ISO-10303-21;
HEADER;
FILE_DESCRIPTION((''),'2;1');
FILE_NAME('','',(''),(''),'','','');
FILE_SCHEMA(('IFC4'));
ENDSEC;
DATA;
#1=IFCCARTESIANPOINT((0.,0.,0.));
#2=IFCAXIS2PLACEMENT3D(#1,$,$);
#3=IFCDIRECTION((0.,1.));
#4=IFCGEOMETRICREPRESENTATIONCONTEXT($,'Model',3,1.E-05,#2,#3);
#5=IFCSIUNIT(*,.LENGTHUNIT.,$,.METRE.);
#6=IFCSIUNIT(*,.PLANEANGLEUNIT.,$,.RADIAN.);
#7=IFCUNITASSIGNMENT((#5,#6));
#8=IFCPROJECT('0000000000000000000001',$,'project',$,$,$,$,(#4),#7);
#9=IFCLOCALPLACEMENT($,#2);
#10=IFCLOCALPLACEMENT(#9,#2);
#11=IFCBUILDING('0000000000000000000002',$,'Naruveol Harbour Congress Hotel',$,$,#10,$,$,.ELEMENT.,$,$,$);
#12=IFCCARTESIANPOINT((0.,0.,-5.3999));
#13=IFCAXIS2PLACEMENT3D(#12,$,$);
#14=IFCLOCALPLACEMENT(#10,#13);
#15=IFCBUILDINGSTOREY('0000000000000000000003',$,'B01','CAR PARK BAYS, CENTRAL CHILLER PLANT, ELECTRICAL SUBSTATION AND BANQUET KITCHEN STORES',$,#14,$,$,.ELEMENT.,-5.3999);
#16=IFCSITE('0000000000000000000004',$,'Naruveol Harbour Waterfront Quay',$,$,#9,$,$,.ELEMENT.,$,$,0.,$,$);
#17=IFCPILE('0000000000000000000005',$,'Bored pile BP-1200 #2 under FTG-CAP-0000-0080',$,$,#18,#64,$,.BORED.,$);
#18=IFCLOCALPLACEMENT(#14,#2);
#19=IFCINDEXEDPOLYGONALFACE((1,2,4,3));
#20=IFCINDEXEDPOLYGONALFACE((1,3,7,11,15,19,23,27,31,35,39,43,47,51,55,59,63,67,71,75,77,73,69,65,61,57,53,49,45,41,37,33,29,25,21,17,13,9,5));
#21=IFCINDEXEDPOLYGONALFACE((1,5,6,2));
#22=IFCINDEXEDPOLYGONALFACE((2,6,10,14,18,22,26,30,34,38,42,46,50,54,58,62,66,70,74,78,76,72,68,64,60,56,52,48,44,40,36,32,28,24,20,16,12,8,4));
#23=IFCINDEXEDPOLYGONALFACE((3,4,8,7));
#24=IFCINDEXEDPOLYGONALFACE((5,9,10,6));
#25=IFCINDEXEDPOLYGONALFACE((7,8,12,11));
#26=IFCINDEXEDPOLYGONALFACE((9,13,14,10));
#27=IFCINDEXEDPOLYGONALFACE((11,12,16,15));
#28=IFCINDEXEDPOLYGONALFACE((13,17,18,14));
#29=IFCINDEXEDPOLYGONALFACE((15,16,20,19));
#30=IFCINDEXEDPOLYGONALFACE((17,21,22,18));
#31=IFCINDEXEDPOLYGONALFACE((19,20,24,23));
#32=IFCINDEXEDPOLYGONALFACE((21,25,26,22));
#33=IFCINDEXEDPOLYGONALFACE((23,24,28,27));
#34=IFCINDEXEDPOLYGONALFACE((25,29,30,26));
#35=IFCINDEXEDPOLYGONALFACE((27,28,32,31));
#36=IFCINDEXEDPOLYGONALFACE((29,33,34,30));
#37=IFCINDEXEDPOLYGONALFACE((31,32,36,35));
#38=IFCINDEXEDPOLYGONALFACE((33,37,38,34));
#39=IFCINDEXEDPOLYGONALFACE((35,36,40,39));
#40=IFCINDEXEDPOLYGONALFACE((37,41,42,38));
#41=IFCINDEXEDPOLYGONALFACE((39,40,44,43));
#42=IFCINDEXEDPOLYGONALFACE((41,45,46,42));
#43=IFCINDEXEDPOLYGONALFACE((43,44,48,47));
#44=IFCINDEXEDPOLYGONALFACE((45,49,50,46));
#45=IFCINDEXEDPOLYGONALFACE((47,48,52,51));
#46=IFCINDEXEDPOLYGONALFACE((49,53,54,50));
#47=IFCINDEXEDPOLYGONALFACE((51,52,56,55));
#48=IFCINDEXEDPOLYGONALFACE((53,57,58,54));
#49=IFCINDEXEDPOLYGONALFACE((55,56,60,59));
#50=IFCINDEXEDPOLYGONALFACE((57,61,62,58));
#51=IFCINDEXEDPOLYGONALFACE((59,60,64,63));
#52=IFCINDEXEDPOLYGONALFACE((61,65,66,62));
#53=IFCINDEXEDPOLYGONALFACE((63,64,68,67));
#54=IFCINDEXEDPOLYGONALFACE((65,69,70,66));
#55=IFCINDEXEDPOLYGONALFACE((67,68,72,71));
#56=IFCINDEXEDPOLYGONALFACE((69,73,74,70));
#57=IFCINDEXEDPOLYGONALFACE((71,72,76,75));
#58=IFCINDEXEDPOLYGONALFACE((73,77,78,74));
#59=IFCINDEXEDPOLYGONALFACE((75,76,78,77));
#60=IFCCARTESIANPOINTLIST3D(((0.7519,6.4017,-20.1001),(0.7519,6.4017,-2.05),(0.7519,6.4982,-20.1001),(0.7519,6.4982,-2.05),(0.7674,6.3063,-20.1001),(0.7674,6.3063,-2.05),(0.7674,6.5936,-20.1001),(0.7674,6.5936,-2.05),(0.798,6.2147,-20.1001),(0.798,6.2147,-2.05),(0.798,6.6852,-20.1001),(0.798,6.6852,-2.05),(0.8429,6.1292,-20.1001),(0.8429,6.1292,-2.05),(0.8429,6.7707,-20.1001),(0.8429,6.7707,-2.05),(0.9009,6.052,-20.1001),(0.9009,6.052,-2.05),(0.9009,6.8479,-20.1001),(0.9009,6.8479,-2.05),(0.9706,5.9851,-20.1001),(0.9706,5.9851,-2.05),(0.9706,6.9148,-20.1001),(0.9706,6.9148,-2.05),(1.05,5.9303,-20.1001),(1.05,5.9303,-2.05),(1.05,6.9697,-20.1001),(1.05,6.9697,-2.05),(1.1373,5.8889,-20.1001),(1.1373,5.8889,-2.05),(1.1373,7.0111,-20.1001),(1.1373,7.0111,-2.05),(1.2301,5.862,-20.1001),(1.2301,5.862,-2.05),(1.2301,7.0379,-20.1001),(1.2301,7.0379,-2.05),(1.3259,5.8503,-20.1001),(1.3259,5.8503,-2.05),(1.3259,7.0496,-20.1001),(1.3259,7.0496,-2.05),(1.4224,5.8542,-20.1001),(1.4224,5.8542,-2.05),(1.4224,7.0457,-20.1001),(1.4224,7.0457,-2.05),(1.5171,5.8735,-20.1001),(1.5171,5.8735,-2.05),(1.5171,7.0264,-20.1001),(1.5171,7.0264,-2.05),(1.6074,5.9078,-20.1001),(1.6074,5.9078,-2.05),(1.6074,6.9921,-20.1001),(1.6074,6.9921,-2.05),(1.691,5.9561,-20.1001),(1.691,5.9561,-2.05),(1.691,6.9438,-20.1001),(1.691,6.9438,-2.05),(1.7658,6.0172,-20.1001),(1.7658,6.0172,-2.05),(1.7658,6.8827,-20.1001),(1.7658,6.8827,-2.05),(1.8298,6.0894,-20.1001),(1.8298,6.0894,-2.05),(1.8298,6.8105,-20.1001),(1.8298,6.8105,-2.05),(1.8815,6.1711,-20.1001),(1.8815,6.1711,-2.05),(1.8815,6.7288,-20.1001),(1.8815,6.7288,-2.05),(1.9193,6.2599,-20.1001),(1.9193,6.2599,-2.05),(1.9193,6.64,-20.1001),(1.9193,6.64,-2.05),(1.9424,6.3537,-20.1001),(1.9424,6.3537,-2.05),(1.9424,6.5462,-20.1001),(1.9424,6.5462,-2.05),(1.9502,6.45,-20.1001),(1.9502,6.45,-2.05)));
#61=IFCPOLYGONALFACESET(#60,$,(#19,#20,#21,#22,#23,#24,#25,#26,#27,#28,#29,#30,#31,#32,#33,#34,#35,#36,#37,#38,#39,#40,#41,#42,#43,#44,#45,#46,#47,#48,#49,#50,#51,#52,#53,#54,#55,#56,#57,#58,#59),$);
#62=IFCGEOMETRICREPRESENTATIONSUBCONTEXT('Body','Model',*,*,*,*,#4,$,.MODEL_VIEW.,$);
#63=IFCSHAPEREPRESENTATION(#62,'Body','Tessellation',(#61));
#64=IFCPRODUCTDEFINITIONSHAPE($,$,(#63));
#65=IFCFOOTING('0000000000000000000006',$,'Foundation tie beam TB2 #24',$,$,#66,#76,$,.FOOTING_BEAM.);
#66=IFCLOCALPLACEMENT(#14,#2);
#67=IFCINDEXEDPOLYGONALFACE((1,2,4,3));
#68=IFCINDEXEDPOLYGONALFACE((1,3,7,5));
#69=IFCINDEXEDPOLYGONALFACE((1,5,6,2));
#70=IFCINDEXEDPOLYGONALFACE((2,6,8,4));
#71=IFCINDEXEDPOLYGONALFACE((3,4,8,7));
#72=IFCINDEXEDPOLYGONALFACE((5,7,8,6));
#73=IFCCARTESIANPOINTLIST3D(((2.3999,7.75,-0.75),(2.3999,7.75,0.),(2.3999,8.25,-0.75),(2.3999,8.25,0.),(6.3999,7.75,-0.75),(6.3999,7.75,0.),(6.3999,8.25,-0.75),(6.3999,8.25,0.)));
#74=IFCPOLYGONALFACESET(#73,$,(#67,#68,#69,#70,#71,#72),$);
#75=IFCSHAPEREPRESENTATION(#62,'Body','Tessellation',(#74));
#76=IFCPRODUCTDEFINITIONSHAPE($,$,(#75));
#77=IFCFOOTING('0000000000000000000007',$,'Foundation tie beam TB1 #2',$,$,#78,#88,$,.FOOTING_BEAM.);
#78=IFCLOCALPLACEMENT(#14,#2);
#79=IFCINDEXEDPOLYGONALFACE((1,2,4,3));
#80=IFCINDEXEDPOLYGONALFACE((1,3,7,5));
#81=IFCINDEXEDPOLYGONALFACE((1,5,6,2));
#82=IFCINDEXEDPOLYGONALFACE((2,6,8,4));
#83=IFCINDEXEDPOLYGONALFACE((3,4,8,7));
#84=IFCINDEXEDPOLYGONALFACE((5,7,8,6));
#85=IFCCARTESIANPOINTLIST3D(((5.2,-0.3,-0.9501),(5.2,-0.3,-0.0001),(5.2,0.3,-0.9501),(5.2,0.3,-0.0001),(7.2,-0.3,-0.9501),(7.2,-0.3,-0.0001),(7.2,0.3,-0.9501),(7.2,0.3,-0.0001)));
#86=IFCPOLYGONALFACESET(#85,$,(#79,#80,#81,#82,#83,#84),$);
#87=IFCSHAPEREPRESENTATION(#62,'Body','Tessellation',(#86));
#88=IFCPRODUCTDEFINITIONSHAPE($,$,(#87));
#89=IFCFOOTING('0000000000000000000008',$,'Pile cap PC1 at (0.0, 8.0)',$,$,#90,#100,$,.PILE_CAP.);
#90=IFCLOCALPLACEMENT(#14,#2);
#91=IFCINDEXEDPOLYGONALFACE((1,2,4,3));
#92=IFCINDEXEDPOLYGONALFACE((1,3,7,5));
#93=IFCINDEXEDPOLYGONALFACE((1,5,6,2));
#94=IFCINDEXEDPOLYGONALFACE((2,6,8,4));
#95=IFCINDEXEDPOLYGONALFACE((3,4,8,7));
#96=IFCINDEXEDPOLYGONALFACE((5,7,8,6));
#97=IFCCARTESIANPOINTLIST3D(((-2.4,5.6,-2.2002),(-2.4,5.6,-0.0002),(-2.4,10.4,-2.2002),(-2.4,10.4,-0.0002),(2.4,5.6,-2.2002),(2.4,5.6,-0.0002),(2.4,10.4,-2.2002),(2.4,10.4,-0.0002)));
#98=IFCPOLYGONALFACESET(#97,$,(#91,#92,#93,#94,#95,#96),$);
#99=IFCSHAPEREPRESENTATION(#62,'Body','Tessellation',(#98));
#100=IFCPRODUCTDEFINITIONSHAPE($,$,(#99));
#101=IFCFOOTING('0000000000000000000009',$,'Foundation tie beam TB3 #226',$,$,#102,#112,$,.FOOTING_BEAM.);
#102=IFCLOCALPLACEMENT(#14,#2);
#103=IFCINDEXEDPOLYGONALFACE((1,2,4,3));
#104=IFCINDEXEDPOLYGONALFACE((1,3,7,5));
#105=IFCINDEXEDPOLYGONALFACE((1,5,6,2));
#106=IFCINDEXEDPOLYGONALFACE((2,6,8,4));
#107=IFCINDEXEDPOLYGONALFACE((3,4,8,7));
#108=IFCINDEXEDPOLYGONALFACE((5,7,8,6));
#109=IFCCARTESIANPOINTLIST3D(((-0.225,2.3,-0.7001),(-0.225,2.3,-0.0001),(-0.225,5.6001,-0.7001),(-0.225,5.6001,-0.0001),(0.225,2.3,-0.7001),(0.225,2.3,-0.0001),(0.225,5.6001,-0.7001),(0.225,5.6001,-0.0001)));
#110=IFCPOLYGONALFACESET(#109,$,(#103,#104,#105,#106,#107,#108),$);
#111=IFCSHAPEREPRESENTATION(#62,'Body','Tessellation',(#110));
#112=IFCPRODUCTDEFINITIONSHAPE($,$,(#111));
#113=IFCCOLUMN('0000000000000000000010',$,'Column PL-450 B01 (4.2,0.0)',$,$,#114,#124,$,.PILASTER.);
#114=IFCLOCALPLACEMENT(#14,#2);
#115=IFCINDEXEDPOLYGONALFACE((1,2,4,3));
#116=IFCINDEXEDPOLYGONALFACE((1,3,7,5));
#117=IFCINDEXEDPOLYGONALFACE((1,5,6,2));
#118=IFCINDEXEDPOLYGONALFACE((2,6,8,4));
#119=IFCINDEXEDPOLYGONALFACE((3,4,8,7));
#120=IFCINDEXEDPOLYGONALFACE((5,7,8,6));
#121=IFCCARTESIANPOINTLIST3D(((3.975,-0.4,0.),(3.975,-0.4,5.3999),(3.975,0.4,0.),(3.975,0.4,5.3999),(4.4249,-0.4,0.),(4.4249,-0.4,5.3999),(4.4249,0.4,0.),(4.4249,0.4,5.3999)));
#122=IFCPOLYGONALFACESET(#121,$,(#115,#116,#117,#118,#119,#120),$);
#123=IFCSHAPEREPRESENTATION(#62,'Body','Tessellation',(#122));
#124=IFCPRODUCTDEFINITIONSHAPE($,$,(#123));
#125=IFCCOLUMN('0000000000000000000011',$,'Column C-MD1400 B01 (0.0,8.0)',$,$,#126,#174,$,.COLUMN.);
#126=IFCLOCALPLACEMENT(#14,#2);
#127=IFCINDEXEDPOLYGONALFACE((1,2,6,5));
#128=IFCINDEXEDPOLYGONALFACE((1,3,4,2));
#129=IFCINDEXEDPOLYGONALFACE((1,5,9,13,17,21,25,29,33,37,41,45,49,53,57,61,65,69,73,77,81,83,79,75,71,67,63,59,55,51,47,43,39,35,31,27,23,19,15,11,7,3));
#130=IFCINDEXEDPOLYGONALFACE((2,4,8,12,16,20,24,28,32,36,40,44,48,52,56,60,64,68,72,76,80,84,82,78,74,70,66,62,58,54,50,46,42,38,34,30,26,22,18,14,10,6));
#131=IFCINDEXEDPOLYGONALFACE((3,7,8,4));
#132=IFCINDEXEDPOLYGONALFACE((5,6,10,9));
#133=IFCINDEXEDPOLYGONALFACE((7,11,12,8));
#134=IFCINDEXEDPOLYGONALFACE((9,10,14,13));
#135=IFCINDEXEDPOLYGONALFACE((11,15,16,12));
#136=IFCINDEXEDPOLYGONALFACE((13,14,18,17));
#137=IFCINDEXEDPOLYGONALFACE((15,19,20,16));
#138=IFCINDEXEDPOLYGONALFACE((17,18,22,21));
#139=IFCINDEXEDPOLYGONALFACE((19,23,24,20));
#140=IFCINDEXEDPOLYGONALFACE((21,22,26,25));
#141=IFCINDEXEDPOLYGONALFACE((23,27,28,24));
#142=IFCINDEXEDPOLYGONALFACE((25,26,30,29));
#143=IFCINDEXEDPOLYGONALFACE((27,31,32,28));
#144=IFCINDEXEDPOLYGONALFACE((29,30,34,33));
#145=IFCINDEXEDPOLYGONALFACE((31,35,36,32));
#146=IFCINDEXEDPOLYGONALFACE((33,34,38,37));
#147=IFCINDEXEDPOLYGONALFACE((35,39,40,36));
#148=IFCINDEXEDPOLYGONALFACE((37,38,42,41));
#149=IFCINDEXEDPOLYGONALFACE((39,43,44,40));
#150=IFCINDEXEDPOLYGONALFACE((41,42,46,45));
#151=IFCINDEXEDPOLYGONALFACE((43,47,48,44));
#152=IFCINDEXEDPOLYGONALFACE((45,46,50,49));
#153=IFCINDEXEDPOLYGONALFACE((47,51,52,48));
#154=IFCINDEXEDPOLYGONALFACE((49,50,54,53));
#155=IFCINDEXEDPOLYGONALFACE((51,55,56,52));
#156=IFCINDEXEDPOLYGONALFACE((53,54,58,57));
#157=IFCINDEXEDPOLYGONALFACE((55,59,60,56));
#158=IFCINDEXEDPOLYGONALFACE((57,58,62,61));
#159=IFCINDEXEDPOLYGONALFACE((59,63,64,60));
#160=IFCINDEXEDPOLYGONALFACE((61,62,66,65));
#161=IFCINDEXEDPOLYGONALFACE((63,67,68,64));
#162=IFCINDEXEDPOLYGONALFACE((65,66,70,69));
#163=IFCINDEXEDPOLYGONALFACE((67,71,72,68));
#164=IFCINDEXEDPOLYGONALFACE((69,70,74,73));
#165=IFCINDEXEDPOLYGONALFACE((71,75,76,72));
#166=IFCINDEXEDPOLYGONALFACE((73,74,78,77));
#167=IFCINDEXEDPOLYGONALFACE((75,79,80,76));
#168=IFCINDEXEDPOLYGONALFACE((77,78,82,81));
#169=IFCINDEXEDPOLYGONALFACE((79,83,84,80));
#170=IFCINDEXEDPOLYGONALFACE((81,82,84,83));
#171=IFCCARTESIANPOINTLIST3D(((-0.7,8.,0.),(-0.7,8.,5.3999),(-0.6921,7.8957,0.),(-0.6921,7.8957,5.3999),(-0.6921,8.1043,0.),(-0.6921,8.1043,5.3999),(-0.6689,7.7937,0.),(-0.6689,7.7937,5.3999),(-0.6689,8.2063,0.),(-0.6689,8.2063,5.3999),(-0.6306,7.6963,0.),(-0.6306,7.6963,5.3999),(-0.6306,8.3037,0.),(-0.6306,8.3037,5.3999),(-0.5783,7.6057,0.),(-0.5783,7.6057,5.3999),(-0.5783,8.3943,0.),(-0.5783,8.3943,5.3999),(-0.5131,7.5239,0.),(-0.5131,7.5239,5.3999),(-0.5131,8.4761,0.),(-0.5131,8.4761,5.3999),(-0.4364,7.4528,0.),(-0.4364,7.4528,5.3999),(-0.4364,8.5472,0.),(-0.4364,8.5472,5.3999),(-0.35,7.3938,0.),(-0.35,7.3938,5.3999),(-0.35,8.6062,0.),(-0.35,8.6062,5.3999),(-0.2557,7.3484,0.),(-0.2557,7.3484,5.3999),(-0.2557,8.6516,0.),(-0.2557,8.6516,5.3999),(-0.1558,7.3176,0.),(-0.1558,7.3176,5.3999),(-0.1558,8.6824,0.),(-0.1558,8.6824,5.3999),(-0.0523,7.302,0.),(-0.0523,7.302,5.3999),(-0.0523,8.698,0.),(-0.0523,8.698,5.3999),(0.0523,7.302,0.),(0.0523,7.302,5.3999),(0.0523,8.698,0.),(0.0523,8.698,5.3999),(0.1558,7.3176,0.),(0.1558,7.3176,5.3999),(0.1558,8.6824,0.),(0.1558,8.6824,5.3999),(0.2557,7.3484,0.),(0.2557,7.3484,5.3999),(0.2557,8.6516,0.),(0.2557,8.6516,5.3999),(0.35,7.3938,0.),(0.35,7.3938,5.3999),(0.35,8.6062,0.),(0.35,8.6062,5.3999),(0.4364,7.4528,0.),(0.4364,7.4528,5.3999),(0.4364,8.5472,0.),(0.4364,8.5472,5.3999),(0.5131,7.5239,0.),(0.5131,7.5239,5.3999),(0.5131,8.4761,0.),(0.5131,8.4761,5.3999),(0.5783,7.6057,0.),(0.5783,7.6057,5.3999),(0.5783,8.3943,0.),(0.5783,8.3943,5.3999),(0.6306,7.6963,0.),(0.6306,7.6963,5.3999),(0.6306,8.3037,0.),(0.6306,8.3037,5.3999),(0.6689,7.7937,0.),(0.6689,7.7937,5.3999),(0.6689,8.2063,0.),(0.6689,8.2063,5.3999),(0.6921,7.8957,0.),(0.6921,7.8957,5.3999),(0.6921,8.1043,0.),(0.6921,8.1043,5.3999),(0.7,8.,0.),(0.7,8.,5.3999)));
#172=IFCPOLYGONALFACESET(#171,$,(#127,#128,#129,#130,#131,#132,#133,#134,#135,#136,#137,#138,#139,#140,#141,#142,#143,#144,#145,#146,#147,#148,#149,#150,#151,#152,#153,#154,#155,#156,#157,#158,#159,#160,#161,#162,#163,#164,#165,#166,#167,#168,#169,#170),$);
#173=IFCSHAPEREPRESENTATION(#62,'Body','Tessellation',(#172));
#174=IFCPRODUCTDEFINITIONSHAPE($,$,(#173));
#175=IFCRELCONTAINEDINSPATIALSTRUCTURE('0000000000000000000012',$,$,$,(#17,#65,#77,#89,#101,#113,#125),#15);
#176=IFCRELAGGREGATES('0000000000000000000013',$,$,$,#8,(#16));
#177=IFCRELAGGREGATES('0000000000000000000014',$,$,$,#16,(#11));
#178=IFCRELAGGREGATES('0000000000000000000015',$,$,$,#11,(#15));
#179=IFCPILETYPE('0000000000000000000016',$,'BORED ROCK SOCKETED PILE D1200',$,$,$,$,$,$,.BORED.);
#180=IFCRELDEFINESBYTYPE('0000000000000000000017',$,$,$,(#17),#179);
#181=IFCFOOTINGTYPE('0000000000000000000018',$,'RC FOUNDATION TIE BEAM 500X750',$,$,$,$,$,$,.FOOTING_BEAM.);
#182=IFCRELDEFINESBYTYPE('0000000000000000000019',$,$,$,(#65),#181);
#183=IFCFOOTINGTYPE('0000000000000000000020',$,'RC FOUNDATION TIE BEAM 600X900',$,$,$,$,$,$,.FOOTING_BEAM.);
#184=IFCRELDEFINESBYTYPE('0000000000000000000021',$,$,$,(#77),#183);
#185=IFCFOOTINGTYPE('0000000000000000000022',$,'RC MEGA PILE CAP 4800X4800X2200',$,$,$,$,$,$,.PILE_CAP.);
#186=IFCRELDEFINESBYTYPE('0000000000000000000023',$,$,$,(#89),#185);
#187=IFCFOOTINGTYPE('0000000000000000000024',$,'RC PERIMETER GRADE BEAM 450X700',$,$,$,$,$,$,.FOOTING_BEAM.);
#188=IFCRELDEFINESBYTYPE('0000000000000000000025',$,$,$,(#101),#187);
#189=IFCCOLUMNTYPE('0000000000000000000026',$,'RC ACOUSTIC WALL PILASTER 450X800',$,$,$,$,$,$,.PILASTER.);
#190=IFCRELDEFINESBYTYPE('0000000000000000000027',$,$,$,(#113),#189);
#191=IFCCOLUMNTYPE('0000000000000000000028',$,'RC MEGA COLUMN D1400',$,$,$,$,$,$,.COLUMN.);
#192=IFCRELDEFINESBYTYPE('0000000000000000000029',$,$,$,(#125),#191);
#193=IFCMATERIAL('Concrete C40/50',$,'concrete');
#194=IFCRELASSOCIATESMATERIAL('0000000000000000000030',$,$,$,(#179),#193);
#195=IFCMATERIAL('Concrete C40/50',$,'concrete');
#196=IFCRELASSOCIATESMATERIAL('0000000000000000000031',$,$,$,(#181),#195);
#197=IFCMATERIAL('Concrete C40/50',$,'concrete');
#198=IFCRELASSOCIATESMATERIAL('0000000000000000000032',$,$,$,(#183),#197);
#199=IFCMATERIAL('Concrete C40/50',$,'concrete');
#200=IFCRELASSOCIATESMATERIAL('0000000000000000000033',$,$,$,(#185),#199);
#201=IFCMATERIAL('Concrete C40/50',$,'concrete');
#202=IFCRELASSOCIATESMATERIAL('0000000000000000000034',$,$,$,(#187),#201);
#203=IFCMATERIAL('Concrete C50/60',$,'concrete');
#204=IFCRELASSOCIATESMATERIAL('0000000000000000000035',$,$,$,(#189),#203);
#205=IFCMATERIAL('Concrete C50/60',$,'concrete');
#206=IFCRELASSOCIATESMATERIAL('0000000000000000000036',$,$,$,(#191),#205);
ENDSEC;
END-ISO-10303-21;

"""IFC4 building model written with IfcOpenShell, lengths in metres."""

from ifc_helpers import new_model, si_unit, direction, frame, origin, origin_2d, place, context, subcontext, project, spatial, rectangle, circle, extrude, material, material_profile, profile_set, type_object, element, save


model = new_model("IFC4")

# Units and contexts
model_context = context("Model", 3, precision=1e-05, world=origin(), true_north=direction((0.0, 1.0)))
body_context = subcontext(model_context, "Body", "Model", "MODEL_VIEW")
ifc_project = project(units=[si_unit("LENGTHUNIT", "METRE"), si_unit("PLANEANGLEUNIT", "RADIAN")], contexts=[model_context])

# Site, building, storey
site_placement = place(None, origin())
site = spatial("IfcSite", under=ifc_project, at=site_placement, Name="Naruveol Harbour Waterfront Quay", CompositionType="ELEMENT", RefElevation=0.0)
building_placement = place(site_placement, origin())
building = spatial("IfcBuilding", under=site, at=building_placement, Name="Naruveol Harbour Congress Hotel", CompositionType="ELEMENT")
storey_placement = place(building_placement, frame((0.0, 0.0, -5.3999)))
storey = spatial("IfcBuildingStorey", under=building, at=storey_placement, Name="B01", Description="CAR PARK BAYS, CENTRAL CHILLER PLANT, ELECTRICAL SUBSTATION AND BANQUET KITCHEN STORES", CompositionType="ELEMENT", Elevation=-5.3999)

# Pile
ifc_material_1 = material(Name="Concrete C40/50", Category="concrete")
ifc_material_profile_1 = material_profile(ifc_material_1, circle(Radius=0.6001, at=origin_2d()), Name="BP-1200")
ifc_profile_set_1 = profile_set([ifc_material_profile_1], Name="Concrete C40/50")
pile_type_1 = type_object("IfcPileType", Name="BORED ROCK SOCKETED PILE D1200", PredefinedType="BORED", material=ifc_profile_set_1)
for number, where, z_axis, x_axis, name in (
    (1, (1.3501, 6.45, -2.05), (0.0, 0.0, -1.0), (1.0, 0.0, 0.0), "Bored pile BP-1200 #2 under FTG-CAP-0000-0080"),
):
    element("IfcPile", number, at=place(storey_placement, frame(where, z_axis=z_axis, x_axis=x_axis)), inside=storey, type_object=pile_type_1, Name=name, PredefinedType="BORED", context=body_context, shape_type="SweptSolid", body=[
        extrude(circle(Radius=0.6001, at=origin_2d()), origin(), (0.0, 0.0, 1.0), 18.05),
    ])

# Footings
ifc_material_2 = material(Name="Concrete C40/50", Category="concrete")
ifc_material_profile_2 = material_profile(ifc_material_2, rectangle(XDim=0.5, YDim=0.75, at=origin_2d()), Name="RCB-500x750")
ifc_profile_set_2 = profile_set([ifc_material_profile_2], Name="Concrete C40/50")
footing_type_1 = type_object("IfcFootingType", Name="RC FOUNDATION TIE BEAM 500X750", PredefinedType="FOOTING_BEAM", material=ifc_profile_set_2)
footing_1_placement = place(storey_placement, frame((2.3999, 8.0, -0.375), z_axis=(1.0, 0.0, 0.0), x_axis=(0.0, 1.0, 0.0)))
element("IfcFooting", 2, at=footing_1_placement, inside=storey, type_object=footing_type_1, Name="Foundation tie beam TB2 #24", PredefinedType="FOOTING_BEAM", context=body_context, shape_type="SweptSolid", body=[
    extrude(rectangle(XDim=0.5, YDim=0.75, at=origin_2d()), origin(), (0.0, 0.0, 1.0), 4.0),
])
ifc_material_3 = material(Name="Concrete C40/50", Category="concrete")
ifc_material_profile_3 = material_profile(ifc_material_3, rectangle(XDim=0.6001, YDim=0.95, at=origin_2d()), Name="RCB-600x950")
ifc_profile_set_3 = profile_set([ifc_material_profile_3], Name="Concrete C40/50")
footing_type_2 = type_object("IfcFootingType", Name="RC FOUNDATION TIE BEAM 600X900", PredefinedType="FOOTING_BEAM", material=ifc_profile_set_3)
footing_2_placement = place(storey_placement, frame((5.2, 0.0, -0.4751), z_axis=(1.0, 0.0, 0.0), x_axis=(0.0, 1.0, 0.0)))
element("IfcFooting", 3, at=footing_2_placement, inside=storey, type_object=footing_type_2, Name="Foundation tie beam TB1 #2", PredefinedType="FOOTING_BEAM", context=body_context, shape_type="SweptSolid", body=[
    extrude(rectangle(XDim=0.6001, YDim=0.95, at=origin_2d()), origin(), (0.0, 0.0, 1.0), 2.0),
])
ifc_material_4 = material(Name="Concrete C40/50", Category="concrete")
footing_type_3 = type_object("IfcFootingType", Name="RC MEGA PILE CAP 4800X4800X2200", PredefinedType="PILE_CAP", material=ifc_material_4)
footing_3_placement = place(storey_placement, frame((0.0, 8.0, -2.2002), z_axis=(0.0, 0.0, 1.0), x_axis=(1.0, 0.0, 0.0)))
element("IfcFooting", 4, at=footing_3_placement, inside=storey, type_object=footing_type_3, Name="Pile cap PC1 at (0.0, 8.0)", PredefinedType="PILE_CAP", context=body_context, shape_type="SweptSolid", body=[
    extrude(rectangle(XDim=4.8, YDim=4.8, at=origin_2d()), origin(), (0.0, 0.0, 1.0), 2.2),
])
ifc_material_5 = material(Name="Concrete C40/50", Category="concrete")
ifc_material_profile_4 = material_profile(ifc_material_5, rectangle(XDim=0.45, YDim=0.7, at=origin_2d()), Name="RCB-450x700")
ifc_profile_set_4 = profile_set([ifc_material_profile_4], Name="Concrete C40/50")
footing_type_4 = type_object("IfcFootingType", Name="RC PERIMETER GRADE BEAM 450X700", PredefinedType="FOOTING_BEAM", material=ifc_profile_set_4)
footing_4_placement = place(storey_placement, frame((0.0, 2.3, -0.3501), z_axis=(0.0, 1.0, 0.0), x_axis=(-1.0, 0.0, 0.0)))
element("IfcFooting", 5, at=footing_4_placement, inside=storey, type_object=footing_type_4, Name="Foundation tie beam TB3 #226", PredefinedType="FOOTING_BEAM", context=body_context, shape_type="SweptSolid", body=[
    extrude(rectangle(XDim=0.45, YDim=0.7, at=origin_2d()), origin(), (0.0, 0.0, 1.0), 3.3),
])

# Columns
ifc_material_6 = material(Name="Concrete C50/60", Category="concrete")
ifc_material_profile_5 = material_profile(ifc_material_6, rectangle(XDim=0.45, YDim=0.8, at=origin_2d()), Name="RC-450x800")
ifc_profile_set_5 = profile_set([ifc_material_profile_5], Name="Concrete C50/60")
column_type_1 = type_object("IfcColumnType", Name="RC ACOUSTIC WALL PILASTER 450X800", PredefinedType="PILASTER", material=ifc_profile_set_5)
column_1_placement = place(storey_placement, frame((4.2, 0.0, 0.0), z_axis=(0.0, 0.0, 1.0), x_axis=(1.0, 0.0, 0.0)))
element("IfcColumn", 6, at=column_1_placement, inside=storey, type_object=column_type_1, Name="Column PL-450 B01 (4.2,0.0)", PredefinedType="PILASTER", context=body_context, shape_type="SweptSolid", body=[
    extrude(rectangle(XDim=0.45, YDim=0.8, at=origin_2d()), origin(), (0.0, 0.0, 1.0), 5.3999),
])
ifc_material_7 = material(Name="Concrete C50/60", Category="concrete")
ifc_material_profile_6 = material_profile(ifc_material_7, circle(Radius=0.7, at=origin_2d()), Name="RC-D1400")
ifc_profile_set_6 = profile_set([ifc_material_profile_6], Name="Concrete C50/60")
column_type_2 = type_object("IfcColumnType", Name="RC MEGA COLUMN D1400", PredefinedType="COLUMN", material=ifc_profile_set_6)
column_2_placement = place(storey_placement, frame((0.0, 8.0, 0.0), z_axis=(0.0, 0.0, 1.0), x_axis=(1.0, 0.0, 0.0)))
element("IfcColumn", 7, at=column_2_placement, inside=storey, type_object=column_type_2, Name="Column C-MD1400 B01 (0.0,8.0)", PredefinedType="COLUMN", context=body_context, shape_type="SweptSolid", body=[
    extrude(circle(Radius=0.7, at=origin_2d()), origin(), (0.0, 0.0, 1.0), 5.3999),
])

save(model, "model.ifc")
